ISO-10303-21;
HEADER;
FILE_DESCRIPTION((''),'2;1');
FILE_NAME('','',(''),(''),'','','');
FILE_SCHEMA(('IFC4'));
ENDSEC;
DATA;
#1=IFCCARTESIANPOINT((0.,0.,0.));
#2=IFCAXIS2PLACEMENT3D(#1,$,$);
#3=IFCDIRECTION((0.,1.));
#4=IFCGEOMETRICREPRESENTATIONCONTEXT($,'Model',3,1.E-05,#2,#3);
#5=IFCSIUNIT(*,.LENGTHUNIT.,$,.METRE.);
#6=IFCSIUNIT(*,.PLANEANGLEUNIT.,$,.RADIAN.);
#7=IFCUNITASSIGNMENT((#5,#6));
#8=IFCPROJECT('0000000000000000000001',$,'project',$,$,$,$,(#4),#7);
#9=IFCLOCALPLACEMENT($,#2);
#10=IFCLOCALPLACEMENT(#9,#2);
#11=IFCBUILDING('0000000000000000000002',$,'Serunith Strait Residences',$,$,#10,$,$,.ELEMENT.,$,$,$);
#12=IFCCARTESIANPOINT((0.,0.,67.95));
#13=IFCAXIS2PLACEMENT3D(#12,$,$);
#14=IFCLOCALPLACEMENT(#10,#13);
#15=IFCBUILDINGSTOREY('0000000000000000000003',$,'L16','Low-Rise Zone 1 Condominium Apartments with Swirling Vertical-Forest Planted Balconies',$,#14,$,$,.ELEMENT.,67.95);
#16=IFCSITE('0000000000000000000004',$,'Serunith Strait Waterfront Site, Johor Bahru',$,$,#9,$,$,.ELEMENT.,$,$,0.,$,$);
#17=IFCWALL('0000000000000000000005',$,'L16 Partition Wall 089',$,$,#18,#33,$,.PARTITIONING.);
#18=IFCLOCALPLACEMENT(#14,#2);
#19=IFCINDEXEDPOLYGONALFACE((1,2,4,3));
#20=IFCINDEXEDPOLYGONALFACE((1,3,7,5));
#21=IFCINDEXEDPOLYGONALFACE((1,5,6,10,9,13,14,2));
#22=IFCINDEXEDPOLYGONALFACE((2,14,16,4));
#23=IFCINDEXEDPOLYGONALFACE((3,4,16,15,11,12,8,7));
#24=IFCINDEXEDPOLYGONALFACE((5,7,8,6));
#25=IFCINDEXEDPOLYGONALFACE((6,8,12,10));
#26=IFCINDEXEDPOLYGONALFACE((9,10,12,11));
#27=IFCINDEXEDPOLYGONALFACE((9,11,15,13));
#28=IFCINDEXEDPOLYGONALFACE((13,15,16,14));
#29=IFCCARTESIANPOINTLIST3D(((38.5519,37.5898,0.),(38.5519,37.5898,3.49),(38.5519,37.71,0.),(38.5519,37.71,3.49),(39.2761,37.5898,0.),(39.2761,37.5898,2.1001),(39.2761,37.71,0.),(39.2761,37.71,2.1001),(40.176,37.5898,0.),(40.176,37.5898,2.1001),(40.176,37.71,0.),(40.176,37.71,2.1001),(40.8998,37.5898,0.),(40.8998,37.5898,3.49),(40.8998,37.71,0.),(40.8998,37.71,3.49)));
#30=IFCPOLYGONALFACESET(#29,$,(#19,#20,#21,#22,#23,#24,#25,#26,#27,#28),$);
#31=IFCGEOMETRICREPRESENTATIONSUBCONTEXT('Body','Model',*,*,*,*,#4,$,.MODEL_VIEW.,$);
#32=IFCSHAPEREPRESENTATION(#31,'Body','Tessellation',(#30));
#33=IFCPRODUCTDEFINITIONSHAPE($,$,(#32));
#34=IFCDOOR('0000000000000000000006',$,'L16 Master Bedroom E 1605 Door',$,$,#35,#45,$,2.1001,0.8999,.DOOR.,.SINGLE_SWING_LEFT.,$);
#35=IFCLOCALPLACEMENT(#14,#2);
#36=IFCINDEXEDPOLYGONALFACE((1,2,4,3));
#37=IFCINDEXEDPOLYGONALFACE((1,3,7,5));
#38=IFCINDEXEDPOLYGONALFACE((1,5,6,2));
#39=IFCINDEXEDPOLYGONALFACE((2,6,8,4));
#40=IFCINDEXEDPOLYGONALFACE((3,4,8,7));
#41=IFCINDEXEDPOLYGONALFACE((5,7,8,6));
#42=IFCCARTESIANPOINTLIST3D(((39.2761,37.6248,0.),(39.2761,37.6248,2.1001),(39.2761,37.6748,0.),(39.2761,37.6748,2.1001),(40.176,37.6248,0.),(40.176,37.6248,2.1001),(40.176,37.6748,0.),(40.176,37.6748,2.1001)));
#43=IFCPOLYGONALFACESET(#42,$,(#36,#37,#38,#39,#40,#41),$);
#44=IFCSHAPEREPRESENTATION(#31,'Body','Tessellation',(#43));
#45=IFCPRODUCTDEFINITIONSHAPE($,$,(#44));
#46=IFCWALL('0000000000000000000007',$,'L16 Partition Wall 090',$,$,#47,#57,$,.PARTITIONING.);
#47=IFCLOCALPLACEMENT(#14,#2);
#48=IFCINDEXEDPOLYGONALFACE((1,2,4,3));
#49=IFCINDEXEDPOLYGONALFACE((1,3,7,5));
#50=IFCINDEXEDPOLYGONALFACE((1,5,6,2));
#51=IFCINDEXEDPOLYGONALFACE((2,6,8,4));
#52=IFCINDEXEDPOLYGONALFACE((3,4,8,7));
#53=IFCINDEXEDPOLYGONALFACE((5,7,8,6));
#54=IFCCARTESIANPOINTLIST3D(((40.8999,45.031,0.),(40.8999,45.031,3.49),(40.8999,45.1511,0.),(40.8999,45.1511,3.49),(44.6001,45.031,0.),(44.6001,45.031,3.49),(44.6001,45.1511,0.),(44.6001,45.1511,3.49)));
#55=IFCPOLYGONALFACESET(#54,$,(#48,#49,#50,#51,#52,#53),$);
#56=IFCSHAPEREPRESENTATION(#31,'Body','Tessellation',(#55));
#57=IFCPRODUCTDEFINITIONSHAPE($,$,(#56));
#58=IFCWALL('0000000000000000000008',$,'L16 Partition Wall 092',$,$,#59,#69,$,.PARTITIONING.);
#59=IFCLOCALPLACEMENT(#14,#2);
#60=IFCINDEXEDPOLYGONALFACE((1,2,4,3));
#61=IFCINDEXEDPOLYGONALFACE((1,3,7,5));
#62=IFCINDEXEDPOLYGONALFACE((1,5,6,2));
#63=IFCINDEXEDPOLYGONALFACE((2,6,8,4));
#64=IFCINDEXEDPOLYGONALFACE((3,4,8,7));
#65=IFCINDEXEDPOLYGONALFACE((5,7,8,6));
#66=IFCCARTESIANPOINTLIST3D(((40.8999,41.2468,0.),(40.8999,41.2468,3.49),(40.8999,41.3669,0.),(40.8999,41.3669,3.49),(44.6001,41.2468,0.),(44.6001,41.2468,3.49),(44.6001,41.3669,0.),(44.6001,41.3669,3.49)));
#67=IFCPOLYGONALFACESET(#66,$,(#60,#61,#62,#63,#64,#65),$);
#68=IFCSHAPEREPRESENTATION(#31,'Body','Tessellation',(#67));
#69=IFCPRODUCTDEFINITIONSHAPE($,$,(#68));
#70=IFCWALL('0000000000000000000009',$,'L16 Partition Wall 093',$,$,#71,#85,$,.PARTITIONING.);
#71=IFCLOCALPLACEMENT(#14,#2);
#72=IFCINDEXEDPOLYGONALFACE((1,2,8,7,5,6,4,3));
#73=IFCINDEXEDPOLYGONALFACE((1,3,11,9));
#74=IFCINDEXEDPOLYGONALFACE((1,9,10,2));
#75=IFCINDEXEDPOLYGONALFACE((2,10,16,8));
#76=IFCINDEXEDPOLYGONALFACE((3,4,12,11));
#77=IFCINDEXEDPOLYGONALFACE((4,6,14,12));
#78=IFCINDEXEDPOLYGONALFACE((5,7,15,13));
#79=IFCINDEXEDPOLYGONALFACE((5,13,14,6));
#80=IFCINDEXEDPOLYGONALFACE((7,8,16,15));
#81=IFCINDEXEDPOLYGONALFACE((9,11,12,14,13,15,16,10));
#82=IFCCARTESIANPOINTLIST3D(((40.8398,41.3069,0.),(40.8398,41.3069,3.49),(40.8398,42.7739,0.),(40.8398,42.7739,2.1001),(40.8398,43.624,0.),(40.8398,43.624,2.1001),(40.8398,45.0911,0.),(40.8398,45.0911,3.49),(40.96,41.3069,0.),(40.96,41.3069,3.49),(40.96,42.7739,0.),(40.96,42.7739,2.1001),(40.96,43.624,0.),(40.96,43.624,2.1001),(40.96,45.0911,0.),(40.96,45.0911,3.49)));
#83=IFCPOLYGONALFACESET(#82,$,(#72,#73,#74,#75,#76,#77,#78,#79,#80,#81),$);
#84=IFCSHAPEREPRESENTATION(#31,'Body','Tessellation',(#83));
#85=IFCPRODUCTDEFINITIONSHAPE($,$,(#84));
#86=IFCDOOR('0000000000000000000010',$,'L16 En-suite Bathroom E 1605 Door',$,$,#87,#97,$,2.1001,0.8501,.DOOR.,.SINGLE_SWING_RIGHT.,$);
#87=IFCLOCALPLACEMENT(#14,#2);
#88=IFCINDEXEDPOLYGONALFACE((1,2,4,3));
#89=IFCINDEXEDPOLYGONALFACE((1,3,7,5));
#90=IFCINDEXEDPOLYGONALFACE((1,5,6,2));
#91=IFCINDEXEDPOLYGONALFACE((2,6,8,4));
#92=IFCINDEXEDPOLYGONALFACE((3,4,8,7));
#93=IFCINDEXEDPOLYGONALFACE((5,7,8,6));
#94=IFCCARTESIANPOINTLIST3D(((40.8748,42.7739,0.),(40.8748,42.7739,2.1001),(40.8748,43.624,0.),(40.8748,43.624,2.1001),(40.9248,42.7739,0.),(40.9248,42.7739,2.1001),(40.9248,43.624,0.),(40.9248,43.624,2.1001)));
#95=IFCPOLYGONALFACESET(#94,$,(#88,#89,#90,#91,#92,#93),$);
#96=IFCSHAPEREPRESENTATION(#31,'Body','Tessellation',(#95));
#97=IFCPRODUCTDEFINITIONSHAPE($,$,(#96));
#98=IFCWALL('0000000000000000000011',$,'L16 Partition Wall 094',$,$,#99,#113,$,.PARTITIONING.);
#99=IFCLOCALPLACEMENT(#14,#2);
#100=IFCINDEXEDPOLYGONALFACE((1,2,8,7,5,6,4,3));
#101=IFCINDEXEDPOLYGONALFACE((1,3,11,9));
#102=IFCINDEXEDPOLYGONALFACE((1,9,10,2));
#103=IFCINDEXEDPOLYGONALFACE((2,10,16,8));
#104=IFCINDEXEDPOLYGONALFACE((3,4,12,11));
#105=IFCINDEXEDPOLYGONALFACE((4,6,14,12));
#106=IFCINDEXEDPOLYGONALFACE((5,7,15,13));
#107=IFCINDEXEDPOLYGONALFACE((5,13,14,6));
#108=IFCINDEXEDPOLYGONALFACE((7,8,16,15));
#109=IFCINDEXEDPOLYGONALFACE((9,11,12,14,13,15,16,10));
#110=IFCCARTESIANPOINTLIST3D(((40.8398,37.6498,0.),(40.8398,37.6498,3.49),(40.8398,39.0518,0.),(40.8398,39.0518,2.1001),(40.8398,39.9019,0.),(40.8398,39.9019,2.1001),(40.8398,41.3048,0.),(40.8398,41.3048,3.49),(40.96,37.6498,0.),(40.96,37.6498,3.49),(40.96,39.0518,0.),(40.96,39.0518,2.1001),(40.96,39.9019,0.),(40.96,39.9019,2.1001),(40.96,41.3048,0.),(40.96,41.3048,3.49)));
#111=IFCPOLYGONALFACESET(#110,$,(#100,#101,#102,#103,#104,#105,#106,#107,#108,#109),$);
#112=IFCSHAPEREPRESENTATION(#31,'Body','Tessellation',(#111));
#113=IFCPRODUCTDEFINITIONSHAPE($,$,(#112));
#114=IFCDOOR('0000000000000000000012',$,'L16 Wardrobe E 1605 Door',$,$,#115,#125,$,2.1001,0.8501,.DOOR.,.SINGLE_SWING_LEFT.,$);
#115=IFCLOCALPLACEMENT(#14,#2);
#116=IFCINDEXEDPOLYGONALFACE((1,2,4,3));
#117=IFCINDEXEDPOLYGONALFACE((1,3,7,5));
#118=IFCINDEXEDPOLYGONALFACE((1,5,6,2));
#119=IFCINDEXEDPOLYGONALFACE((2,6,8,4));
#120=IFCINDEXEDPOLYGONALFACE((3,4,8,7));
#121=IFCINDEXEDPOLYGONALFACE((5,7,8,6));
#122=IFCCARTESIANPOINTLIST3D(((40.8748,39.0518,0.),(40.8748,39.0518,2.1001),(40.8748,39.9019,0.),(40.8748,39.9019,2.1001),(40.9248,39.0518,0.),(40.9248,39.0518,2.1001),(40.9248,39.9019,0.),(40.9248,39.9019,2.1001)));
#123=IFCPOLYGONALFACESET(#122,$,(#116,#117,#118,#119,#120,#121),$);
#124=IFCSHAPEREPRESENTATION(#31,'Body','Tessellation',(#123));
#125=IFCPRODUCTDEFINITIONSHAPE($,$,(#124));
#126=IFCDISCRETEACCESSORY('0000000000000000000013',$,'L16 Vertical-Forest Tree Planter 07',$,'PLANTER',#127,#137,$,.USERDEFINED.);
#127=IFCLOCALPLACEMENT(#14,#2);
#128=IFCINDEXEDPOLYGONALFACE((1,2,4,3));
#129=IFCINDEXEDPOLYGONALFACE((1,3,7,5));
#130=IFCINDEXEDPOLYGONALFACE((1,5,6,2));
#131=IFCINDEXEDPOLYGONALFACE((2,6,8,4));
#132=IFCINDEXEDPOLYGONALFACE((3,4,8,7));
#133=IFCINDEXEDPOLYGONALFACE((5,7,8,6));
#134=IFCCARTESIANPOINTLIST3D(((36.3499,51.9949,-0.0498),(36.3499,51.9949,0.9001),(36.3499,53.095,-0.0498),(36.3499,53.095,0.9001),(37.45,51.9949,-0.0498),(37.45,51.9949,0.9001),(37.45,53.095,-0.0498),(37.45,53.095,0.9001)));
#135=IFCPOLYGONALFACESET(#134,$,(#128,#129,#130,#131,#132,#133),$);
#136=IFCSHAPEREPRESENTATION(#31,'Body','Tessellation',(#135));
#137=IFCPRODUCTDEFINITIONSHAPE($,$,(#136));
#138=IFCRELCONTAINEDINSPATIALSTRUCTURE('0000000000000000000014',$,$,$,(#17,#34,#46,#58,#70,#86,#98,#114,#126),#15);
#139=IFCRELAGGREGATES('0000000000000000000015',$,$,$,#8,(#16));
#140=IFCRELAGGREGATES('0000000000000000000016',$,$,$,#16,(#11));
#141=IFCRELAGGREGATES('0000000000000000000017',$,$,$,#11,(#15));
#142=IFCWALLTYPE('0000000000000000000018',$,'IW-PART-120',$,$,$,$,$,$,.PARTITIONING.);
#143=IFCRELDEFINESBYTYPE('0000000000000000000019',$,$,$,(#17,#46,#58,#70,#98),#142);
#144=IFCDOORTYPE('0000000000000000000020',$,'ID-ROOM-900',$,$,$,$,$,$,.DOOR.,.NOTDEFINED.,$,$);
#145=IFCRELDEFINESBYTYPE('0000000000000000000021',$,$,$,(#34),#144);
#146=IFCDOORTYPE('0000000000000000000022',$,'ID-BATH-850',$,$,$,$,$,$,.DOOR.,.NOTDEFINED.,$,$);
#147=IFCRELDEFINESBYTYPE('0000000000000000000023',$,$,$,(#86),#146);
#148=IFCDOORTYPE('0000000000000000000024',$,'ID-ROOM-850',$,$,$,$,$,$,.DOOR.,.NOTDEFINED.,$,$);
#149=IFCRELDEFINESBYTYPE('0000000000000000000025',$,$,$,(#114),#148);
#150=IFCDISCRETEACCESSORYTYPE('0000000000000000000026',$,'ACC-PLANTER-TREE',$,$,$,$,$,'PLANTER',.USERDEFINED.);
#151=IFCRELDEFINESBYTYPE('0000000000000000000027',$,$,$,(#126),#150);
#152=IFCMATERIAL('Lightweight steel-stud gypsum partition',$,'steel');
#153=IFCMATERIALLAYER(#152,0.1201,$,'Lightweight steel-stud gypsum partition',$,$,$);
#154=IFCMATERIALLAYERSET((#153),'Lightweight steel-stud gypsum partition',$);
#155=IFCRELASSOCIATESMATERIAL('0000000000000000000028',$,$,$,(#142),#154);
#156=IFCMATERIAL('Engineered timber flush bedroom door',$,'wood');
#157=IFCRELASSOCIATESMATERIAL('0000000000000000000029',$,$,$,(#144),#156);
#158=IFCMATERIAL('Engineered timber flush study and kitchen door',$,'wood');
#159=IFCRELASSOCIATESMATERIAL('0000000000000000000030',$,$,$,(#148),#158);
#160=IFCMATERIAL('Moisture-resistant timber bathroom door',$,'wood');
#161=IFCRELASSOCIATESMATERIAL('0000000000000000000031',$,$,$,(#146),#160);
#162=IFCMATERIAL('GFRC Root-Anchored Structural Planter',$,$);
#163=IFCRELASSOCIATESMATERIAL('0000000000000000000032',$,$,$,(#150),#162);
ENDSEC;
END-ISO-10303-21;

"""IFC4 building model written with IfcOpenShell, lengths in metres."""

from ifc_helpers import new_model, si_unit, direction, frame, frame_2d, origin, origin_2d, place, context, subcontext, project, spatial, rectangle, extrude, source, transform, mapped, material, layer, layer_set, type_object, element, fill, save


model = new_model("IFC4")

# Units and contexts
model_context = context("Model", 3, precision=1e-05, world=origin(), true_north=direction((0.0, 1.0)))
body_context = subcontext(model_context, "Body", "Model", "MODEL_VIEW")
ifc_project = project(units=[si_unit("LENGTHUNIT", "METRE"), si_unit("PLANEANGLEUNIT", "RADIAN")], contexts=[model_context])

# Site, building, storey
site_placement = place(None, origin())
site = spatial("IfcSite", under=ifc_project, at=site_placement, Name="Serunith Strait Waterfront Site, Johor Bahru", CompositionType="ELEMENT", RefElevation=0.0)
building_placement = place(site_placement, origin())
building = spatial("IfcBuilding", under=site, at=building_placement, Name="Serunith Strait Residences", CompositionType="ELEMENT")
storey_placement = place(building_placement, frame((0.0, 0.0, 67.95)))
storey = spatial("IfcBuildingStorey", under=building, at=storey_placement, Name="L16", Description="Low-Rise Zone 1 Condominium Apartments with Swirling Vertical-Forest Planted Balconies", CompositionType="ELEMENT", Elevation=67.95)

# Shared definitions
ifc_material_1 = material(Name="Lightweight steel-stud gypsum partition", Category="steel")
ifc_layer_1 = layer(ifc_material_1, 0.1201, Name="Lightweight steel-stud gypsum partition")
ifc_layer_set_1 = layer_set([ifc_layer_1], Name="Lightweight steel-stud gypsum partition")
wall_type_1 = type_object("IfcWallType", Name="IW-PART-120", PredefinedType="PARTITIONING", material=ifc_layer_set_1)
ifc_material_2 = material(Name="Engineered timber flush bedroom door", Category="wood")
door_type_1 = type_object("IfcDoorType", Name="ID-ROOM-900", OperationType="NOTDEFINED", PredefinedType="DOOR", material=ifc_material_2)
shared_shape_1 = source(origin(), body_context, "Body", "SweptSolid", [
    extrude(rectangle(XDim=0.8999, YDim=2.1001, at=frame_2d((0.45, 1.05))), frame((0.0, 0.0249, 0.0), z_axis=(0.0, -1.0, 0.0), x_axis=(1.0, 0.0, 0.0)), (0.0, 0.0, 1.0), 0.05),
])

# Wall, opening, door
ifc_material_3 = material(Name="Engineered timber flush study and kitchen door", Category="wood")
door_type_2 = type_object("IfcDoorType", Name="ID-ROOM-850", OperationType="NOTDEFINED", PredefinedType="DOOR", material=ifc_material_3)
shared_shape_2 = source(origin(), body_context, "Body", "SweptSolid", [
    extrude(rectangle(XDim=0.8501, YDim=2.1001, at=frame_2d((0.425, 1.05))), frame((0.0, 0.0249, 0.0), z_axis=(0.0, -1.0, 0.0), x_axis=(1.0, 0.0, 0.0)), (0.0, 0.0, 1.0), 0.05),
])
wall_1_placement = place(storey_placement, frame((38.552, 37.6499, 0.0), z_axis=(0.0, 0.0, 1.0), x_axis=(1.0, 0.0, 0.0)))
wall_1 = element("IfcWall", 1, at=wall_1_placement, inside=storey, type_object=wall_type_1, Name="L16 Partition Wall 089", PredefinedType="PARTITIONING", context=body_context, shape_type="SweptSolid", body=[
    extrude(rectangle(XDim=2.3479, YDim=0.1201, at=frame_2d((1.1738, 0.0))), origin(), (0.0, 0.0, 1.0), 3.49),
])
opening_1_placement = place(wall_1_placement, frame((0.7241, 0.0, 0.0)))
opening_1 = element("IfcOpeningElement", 2, at=opening_1_placement, cuts=wall_1, PredefinedType="OPENING", context=body_context, shape_type="SweptSolid", body=[
    extrude(rectangle(XDim=0.8999, YDim=2.1001, at=frame_2d((0.45, 1.05))), frame((0.0, 0.0701, 0.0), z_axis=(0.0, -1.0, 0.0), x_axis=(1.0, 0.0, 0.0)), (0.0, 0.0, 1.0), 0.1401),
])
door_1_placement = place(opening_1_placement, origin())
door_1 = element("IfcDoor", 3, at=door_1_placement, inside=storey, type_object=door_type_1, Name="L16 Master Bedroom E 1605 Door", OperationType="SINGLE_SWING_LEFT", OverallHeight=2.1001, OverallWidth=0.8999, PredefinedType="DOOR", context=body_context, shape_type="MappedRepresentation", body=[
    mapped(shared_shape_1, transform((0.0, 0.0, 0.0), scale=1.0)),
])
fill(opening_1, door_1)

# Walls
for number, where, z_axis, x_axis, name in (
    (4, (40.8999, 45.0911, 0.0), (0.0, 0.0, 1.0), (1.0, 0.0, 0.0), "L16 Partition Wall 090"),
    (5, (40.8999, 41.3069, 0.0), (0.0, 0.0, 1.0), (1.0, 0.0, 0.0), "L16 Partition Wall 092"),
):
    element("IfcWall", number, at=place(storey_placement, frame(where, z_axis=z_axis, x_axis=x_axis)), inside=storey, type_object=wall_type_1, Name=name, PredefinedType="PARTITIONING", context=body_context, shape_type="SweptSolid", body=[
        extrude(rectangle(XDim=3.7002, YDim=0.1201, at=frame_2d((1.8501, 0.0))), origin(), (0.0, 0.0, 1.0), 3.49),
    ])

# Walls, openings, doors
wall_2_placement = place(storey_placement, frame((40.8999, 45.0911, 0.0), z_axis=(0.0, 0.0, 1.0), x_axis=(0.0, -1.0, 0.0)))
wall_2 = element("IfcWall", 6, at=wall_2_placement, inside=storey, type_object=wall_type_1, Name="L16 Partition Wall 093", PredefinedType="PARTITIONING", context=body_context, shape_type="SweptSolid", body=[
    extrude(rectangle(XDim=3.7842, YDim=0.1201, at=frame_2d((1.8921, 0.0))), origin(), (0.0, 0.0, 1.0), 3.49),
])
opening_2_placement = place(wall_2_placement, frame((1.467, 0.0, 0.0)))
opening_2 = element("IfcOpeningElement", 7, at=opening_2_placement, cuts=wall_2, PredefinedType="OPENING", context=body_context, shape_type="SweptSolid", body=[
    extrude(rectangle(XDim=0.8501, YDim=2.1001, at=frame_2d((0.425, 1.05))), frame((0.0, 0.0701, 0.0), z_axis=(0.0, -1.0, 0.0), x_axis=(1.0, 0.0, 0.0)), (0.0, 0.0, 1.0), 0.1401),
])
ifc_material_4 = material(Name="Moisture-resistant timber bathroom door", Category="wood")
door_type_3 = type_object("IfcDoorType", Name="ID-BATH-850", OperationType="NOTDEFINED", PredefinedType="DOOR", material=ifc_material_4)
door_2_placement = place(opening_2_placement, origin())
door_2 = element("IfcDoor", 8, at=door_2_placement, inside=storey, type_object=door_type_3, Name="L16 En-suite Bathroom E 1605 Door", OperationType="SINGLE_SWING_RIGHT", OverallHeight=2.1001, OverallWidth=0.8501, PredefinedType="DOOR", context=body_context, shape_type="MappedRepresentation", body=[
    mapped(shared_shape_2, transform((0.0, 0.0, 0.0), scale=1.0)),
])
fill(opening_2, door_2)
wall_3_placement = place(storey_placement, frame((40.8999, 41.3049, 0.0), z_axis=(0.0, 0.0, 1.0), x_axis=(0.0, -1.0, 0.0)))
wall_3 = element("IfcWall", 9, at=wall_3_placement, inside=storey, type_object=wall_type_1, Name="L16 Partition Wall 094", PredefinedType="PARTITIONING", context=body_context, shape_type="SweptSolid", body=[
    extrude(rectangle(XDim=3.655, YDim=0.1201, at=frame_2d((1.8276, 0.0))), origin(), (0.0, 0.0, 1.0), 3.49),
])
opening_3_placement = place(wall_3_placement, frame((1.4031, 0.0, 0.0)))
opening_3 = element("IfcOpeningElement", 10, at=opening_3_placement, cuts=wall_3, PredefinedType="OPENING", context=body_context, shape_type="SweptSolid", body=[
    extrude(rectangle(XDim=0.8501, YDim=2.1001, at=frame_2d((0.425, 1.05))), frame((0.0, 0.0701, 0.0), z_axis=(0.0, -1.0, 0.0), x_axis=(1.0, 0.0, 0.0)), (0.0, 0.0, 1.0), 0.1401),
])
door_3_placement = place(opening_3_placement, origin())
door_3 = element("IfcDoor", 11, at=door_3_placement, inside=storey, type_object=door_type_2, Name="L16 Wardrobe E 1605 Door", OperationType="SINGLE_SWING_LEFT", OverallHeight=2.1001, OverallWidth=0.8501, PredefinedType="DOOR", context=body_context, shape_type="MappedRepresentation", body=[
    mapped(shared_shape_2, transform((0.0, 0.0, 0.0), scale=1.0)),
])
fill(opening_3, door_3)

# Discrete accessory
ifc_material_5 = material(Name="GFRC Root-Anchored Structural Planter")
discrete_accessory_type = type_object("IfcDiscreteAccessoryType", Name="ACC-PLANTER-TREE", ElementType="PLANTER", PredefinedType="USERDEFINED", material=ifc_material_5)
shared_shape_3 = source(origin(), body_context, "Body", "SweptSolid", [
    extrude(rectangle(XDim=1.1001, YDim=1.1001, at=origin_2d()), origin(), (0.0, 0.0, 1.0), 0.95),
])
discrete_accessory_placement = place(storey_placement, frame((36.8999, 52.5449, -0.0498), z_axis=(0.0, 0.0, 1.0), x_axis=(-1.0, 0.0, 0.0)))
element("IfcDiscreteAccessory", 12, at=discrete_accessory_placement, inside=storey, type_object=discrete_accessory_type, Name="L16 Vertical-Forest Tree Planter 07", ObjectType="PLANTER", PredefinedType="USERDEFINED", context=body_context, shape_type="MappedRepresentation", body=[
    mapped(shared_shape_3, transform((0.0, 0.0, 0.0), scale=1.0)),
])

save(model, "model.ifc")
